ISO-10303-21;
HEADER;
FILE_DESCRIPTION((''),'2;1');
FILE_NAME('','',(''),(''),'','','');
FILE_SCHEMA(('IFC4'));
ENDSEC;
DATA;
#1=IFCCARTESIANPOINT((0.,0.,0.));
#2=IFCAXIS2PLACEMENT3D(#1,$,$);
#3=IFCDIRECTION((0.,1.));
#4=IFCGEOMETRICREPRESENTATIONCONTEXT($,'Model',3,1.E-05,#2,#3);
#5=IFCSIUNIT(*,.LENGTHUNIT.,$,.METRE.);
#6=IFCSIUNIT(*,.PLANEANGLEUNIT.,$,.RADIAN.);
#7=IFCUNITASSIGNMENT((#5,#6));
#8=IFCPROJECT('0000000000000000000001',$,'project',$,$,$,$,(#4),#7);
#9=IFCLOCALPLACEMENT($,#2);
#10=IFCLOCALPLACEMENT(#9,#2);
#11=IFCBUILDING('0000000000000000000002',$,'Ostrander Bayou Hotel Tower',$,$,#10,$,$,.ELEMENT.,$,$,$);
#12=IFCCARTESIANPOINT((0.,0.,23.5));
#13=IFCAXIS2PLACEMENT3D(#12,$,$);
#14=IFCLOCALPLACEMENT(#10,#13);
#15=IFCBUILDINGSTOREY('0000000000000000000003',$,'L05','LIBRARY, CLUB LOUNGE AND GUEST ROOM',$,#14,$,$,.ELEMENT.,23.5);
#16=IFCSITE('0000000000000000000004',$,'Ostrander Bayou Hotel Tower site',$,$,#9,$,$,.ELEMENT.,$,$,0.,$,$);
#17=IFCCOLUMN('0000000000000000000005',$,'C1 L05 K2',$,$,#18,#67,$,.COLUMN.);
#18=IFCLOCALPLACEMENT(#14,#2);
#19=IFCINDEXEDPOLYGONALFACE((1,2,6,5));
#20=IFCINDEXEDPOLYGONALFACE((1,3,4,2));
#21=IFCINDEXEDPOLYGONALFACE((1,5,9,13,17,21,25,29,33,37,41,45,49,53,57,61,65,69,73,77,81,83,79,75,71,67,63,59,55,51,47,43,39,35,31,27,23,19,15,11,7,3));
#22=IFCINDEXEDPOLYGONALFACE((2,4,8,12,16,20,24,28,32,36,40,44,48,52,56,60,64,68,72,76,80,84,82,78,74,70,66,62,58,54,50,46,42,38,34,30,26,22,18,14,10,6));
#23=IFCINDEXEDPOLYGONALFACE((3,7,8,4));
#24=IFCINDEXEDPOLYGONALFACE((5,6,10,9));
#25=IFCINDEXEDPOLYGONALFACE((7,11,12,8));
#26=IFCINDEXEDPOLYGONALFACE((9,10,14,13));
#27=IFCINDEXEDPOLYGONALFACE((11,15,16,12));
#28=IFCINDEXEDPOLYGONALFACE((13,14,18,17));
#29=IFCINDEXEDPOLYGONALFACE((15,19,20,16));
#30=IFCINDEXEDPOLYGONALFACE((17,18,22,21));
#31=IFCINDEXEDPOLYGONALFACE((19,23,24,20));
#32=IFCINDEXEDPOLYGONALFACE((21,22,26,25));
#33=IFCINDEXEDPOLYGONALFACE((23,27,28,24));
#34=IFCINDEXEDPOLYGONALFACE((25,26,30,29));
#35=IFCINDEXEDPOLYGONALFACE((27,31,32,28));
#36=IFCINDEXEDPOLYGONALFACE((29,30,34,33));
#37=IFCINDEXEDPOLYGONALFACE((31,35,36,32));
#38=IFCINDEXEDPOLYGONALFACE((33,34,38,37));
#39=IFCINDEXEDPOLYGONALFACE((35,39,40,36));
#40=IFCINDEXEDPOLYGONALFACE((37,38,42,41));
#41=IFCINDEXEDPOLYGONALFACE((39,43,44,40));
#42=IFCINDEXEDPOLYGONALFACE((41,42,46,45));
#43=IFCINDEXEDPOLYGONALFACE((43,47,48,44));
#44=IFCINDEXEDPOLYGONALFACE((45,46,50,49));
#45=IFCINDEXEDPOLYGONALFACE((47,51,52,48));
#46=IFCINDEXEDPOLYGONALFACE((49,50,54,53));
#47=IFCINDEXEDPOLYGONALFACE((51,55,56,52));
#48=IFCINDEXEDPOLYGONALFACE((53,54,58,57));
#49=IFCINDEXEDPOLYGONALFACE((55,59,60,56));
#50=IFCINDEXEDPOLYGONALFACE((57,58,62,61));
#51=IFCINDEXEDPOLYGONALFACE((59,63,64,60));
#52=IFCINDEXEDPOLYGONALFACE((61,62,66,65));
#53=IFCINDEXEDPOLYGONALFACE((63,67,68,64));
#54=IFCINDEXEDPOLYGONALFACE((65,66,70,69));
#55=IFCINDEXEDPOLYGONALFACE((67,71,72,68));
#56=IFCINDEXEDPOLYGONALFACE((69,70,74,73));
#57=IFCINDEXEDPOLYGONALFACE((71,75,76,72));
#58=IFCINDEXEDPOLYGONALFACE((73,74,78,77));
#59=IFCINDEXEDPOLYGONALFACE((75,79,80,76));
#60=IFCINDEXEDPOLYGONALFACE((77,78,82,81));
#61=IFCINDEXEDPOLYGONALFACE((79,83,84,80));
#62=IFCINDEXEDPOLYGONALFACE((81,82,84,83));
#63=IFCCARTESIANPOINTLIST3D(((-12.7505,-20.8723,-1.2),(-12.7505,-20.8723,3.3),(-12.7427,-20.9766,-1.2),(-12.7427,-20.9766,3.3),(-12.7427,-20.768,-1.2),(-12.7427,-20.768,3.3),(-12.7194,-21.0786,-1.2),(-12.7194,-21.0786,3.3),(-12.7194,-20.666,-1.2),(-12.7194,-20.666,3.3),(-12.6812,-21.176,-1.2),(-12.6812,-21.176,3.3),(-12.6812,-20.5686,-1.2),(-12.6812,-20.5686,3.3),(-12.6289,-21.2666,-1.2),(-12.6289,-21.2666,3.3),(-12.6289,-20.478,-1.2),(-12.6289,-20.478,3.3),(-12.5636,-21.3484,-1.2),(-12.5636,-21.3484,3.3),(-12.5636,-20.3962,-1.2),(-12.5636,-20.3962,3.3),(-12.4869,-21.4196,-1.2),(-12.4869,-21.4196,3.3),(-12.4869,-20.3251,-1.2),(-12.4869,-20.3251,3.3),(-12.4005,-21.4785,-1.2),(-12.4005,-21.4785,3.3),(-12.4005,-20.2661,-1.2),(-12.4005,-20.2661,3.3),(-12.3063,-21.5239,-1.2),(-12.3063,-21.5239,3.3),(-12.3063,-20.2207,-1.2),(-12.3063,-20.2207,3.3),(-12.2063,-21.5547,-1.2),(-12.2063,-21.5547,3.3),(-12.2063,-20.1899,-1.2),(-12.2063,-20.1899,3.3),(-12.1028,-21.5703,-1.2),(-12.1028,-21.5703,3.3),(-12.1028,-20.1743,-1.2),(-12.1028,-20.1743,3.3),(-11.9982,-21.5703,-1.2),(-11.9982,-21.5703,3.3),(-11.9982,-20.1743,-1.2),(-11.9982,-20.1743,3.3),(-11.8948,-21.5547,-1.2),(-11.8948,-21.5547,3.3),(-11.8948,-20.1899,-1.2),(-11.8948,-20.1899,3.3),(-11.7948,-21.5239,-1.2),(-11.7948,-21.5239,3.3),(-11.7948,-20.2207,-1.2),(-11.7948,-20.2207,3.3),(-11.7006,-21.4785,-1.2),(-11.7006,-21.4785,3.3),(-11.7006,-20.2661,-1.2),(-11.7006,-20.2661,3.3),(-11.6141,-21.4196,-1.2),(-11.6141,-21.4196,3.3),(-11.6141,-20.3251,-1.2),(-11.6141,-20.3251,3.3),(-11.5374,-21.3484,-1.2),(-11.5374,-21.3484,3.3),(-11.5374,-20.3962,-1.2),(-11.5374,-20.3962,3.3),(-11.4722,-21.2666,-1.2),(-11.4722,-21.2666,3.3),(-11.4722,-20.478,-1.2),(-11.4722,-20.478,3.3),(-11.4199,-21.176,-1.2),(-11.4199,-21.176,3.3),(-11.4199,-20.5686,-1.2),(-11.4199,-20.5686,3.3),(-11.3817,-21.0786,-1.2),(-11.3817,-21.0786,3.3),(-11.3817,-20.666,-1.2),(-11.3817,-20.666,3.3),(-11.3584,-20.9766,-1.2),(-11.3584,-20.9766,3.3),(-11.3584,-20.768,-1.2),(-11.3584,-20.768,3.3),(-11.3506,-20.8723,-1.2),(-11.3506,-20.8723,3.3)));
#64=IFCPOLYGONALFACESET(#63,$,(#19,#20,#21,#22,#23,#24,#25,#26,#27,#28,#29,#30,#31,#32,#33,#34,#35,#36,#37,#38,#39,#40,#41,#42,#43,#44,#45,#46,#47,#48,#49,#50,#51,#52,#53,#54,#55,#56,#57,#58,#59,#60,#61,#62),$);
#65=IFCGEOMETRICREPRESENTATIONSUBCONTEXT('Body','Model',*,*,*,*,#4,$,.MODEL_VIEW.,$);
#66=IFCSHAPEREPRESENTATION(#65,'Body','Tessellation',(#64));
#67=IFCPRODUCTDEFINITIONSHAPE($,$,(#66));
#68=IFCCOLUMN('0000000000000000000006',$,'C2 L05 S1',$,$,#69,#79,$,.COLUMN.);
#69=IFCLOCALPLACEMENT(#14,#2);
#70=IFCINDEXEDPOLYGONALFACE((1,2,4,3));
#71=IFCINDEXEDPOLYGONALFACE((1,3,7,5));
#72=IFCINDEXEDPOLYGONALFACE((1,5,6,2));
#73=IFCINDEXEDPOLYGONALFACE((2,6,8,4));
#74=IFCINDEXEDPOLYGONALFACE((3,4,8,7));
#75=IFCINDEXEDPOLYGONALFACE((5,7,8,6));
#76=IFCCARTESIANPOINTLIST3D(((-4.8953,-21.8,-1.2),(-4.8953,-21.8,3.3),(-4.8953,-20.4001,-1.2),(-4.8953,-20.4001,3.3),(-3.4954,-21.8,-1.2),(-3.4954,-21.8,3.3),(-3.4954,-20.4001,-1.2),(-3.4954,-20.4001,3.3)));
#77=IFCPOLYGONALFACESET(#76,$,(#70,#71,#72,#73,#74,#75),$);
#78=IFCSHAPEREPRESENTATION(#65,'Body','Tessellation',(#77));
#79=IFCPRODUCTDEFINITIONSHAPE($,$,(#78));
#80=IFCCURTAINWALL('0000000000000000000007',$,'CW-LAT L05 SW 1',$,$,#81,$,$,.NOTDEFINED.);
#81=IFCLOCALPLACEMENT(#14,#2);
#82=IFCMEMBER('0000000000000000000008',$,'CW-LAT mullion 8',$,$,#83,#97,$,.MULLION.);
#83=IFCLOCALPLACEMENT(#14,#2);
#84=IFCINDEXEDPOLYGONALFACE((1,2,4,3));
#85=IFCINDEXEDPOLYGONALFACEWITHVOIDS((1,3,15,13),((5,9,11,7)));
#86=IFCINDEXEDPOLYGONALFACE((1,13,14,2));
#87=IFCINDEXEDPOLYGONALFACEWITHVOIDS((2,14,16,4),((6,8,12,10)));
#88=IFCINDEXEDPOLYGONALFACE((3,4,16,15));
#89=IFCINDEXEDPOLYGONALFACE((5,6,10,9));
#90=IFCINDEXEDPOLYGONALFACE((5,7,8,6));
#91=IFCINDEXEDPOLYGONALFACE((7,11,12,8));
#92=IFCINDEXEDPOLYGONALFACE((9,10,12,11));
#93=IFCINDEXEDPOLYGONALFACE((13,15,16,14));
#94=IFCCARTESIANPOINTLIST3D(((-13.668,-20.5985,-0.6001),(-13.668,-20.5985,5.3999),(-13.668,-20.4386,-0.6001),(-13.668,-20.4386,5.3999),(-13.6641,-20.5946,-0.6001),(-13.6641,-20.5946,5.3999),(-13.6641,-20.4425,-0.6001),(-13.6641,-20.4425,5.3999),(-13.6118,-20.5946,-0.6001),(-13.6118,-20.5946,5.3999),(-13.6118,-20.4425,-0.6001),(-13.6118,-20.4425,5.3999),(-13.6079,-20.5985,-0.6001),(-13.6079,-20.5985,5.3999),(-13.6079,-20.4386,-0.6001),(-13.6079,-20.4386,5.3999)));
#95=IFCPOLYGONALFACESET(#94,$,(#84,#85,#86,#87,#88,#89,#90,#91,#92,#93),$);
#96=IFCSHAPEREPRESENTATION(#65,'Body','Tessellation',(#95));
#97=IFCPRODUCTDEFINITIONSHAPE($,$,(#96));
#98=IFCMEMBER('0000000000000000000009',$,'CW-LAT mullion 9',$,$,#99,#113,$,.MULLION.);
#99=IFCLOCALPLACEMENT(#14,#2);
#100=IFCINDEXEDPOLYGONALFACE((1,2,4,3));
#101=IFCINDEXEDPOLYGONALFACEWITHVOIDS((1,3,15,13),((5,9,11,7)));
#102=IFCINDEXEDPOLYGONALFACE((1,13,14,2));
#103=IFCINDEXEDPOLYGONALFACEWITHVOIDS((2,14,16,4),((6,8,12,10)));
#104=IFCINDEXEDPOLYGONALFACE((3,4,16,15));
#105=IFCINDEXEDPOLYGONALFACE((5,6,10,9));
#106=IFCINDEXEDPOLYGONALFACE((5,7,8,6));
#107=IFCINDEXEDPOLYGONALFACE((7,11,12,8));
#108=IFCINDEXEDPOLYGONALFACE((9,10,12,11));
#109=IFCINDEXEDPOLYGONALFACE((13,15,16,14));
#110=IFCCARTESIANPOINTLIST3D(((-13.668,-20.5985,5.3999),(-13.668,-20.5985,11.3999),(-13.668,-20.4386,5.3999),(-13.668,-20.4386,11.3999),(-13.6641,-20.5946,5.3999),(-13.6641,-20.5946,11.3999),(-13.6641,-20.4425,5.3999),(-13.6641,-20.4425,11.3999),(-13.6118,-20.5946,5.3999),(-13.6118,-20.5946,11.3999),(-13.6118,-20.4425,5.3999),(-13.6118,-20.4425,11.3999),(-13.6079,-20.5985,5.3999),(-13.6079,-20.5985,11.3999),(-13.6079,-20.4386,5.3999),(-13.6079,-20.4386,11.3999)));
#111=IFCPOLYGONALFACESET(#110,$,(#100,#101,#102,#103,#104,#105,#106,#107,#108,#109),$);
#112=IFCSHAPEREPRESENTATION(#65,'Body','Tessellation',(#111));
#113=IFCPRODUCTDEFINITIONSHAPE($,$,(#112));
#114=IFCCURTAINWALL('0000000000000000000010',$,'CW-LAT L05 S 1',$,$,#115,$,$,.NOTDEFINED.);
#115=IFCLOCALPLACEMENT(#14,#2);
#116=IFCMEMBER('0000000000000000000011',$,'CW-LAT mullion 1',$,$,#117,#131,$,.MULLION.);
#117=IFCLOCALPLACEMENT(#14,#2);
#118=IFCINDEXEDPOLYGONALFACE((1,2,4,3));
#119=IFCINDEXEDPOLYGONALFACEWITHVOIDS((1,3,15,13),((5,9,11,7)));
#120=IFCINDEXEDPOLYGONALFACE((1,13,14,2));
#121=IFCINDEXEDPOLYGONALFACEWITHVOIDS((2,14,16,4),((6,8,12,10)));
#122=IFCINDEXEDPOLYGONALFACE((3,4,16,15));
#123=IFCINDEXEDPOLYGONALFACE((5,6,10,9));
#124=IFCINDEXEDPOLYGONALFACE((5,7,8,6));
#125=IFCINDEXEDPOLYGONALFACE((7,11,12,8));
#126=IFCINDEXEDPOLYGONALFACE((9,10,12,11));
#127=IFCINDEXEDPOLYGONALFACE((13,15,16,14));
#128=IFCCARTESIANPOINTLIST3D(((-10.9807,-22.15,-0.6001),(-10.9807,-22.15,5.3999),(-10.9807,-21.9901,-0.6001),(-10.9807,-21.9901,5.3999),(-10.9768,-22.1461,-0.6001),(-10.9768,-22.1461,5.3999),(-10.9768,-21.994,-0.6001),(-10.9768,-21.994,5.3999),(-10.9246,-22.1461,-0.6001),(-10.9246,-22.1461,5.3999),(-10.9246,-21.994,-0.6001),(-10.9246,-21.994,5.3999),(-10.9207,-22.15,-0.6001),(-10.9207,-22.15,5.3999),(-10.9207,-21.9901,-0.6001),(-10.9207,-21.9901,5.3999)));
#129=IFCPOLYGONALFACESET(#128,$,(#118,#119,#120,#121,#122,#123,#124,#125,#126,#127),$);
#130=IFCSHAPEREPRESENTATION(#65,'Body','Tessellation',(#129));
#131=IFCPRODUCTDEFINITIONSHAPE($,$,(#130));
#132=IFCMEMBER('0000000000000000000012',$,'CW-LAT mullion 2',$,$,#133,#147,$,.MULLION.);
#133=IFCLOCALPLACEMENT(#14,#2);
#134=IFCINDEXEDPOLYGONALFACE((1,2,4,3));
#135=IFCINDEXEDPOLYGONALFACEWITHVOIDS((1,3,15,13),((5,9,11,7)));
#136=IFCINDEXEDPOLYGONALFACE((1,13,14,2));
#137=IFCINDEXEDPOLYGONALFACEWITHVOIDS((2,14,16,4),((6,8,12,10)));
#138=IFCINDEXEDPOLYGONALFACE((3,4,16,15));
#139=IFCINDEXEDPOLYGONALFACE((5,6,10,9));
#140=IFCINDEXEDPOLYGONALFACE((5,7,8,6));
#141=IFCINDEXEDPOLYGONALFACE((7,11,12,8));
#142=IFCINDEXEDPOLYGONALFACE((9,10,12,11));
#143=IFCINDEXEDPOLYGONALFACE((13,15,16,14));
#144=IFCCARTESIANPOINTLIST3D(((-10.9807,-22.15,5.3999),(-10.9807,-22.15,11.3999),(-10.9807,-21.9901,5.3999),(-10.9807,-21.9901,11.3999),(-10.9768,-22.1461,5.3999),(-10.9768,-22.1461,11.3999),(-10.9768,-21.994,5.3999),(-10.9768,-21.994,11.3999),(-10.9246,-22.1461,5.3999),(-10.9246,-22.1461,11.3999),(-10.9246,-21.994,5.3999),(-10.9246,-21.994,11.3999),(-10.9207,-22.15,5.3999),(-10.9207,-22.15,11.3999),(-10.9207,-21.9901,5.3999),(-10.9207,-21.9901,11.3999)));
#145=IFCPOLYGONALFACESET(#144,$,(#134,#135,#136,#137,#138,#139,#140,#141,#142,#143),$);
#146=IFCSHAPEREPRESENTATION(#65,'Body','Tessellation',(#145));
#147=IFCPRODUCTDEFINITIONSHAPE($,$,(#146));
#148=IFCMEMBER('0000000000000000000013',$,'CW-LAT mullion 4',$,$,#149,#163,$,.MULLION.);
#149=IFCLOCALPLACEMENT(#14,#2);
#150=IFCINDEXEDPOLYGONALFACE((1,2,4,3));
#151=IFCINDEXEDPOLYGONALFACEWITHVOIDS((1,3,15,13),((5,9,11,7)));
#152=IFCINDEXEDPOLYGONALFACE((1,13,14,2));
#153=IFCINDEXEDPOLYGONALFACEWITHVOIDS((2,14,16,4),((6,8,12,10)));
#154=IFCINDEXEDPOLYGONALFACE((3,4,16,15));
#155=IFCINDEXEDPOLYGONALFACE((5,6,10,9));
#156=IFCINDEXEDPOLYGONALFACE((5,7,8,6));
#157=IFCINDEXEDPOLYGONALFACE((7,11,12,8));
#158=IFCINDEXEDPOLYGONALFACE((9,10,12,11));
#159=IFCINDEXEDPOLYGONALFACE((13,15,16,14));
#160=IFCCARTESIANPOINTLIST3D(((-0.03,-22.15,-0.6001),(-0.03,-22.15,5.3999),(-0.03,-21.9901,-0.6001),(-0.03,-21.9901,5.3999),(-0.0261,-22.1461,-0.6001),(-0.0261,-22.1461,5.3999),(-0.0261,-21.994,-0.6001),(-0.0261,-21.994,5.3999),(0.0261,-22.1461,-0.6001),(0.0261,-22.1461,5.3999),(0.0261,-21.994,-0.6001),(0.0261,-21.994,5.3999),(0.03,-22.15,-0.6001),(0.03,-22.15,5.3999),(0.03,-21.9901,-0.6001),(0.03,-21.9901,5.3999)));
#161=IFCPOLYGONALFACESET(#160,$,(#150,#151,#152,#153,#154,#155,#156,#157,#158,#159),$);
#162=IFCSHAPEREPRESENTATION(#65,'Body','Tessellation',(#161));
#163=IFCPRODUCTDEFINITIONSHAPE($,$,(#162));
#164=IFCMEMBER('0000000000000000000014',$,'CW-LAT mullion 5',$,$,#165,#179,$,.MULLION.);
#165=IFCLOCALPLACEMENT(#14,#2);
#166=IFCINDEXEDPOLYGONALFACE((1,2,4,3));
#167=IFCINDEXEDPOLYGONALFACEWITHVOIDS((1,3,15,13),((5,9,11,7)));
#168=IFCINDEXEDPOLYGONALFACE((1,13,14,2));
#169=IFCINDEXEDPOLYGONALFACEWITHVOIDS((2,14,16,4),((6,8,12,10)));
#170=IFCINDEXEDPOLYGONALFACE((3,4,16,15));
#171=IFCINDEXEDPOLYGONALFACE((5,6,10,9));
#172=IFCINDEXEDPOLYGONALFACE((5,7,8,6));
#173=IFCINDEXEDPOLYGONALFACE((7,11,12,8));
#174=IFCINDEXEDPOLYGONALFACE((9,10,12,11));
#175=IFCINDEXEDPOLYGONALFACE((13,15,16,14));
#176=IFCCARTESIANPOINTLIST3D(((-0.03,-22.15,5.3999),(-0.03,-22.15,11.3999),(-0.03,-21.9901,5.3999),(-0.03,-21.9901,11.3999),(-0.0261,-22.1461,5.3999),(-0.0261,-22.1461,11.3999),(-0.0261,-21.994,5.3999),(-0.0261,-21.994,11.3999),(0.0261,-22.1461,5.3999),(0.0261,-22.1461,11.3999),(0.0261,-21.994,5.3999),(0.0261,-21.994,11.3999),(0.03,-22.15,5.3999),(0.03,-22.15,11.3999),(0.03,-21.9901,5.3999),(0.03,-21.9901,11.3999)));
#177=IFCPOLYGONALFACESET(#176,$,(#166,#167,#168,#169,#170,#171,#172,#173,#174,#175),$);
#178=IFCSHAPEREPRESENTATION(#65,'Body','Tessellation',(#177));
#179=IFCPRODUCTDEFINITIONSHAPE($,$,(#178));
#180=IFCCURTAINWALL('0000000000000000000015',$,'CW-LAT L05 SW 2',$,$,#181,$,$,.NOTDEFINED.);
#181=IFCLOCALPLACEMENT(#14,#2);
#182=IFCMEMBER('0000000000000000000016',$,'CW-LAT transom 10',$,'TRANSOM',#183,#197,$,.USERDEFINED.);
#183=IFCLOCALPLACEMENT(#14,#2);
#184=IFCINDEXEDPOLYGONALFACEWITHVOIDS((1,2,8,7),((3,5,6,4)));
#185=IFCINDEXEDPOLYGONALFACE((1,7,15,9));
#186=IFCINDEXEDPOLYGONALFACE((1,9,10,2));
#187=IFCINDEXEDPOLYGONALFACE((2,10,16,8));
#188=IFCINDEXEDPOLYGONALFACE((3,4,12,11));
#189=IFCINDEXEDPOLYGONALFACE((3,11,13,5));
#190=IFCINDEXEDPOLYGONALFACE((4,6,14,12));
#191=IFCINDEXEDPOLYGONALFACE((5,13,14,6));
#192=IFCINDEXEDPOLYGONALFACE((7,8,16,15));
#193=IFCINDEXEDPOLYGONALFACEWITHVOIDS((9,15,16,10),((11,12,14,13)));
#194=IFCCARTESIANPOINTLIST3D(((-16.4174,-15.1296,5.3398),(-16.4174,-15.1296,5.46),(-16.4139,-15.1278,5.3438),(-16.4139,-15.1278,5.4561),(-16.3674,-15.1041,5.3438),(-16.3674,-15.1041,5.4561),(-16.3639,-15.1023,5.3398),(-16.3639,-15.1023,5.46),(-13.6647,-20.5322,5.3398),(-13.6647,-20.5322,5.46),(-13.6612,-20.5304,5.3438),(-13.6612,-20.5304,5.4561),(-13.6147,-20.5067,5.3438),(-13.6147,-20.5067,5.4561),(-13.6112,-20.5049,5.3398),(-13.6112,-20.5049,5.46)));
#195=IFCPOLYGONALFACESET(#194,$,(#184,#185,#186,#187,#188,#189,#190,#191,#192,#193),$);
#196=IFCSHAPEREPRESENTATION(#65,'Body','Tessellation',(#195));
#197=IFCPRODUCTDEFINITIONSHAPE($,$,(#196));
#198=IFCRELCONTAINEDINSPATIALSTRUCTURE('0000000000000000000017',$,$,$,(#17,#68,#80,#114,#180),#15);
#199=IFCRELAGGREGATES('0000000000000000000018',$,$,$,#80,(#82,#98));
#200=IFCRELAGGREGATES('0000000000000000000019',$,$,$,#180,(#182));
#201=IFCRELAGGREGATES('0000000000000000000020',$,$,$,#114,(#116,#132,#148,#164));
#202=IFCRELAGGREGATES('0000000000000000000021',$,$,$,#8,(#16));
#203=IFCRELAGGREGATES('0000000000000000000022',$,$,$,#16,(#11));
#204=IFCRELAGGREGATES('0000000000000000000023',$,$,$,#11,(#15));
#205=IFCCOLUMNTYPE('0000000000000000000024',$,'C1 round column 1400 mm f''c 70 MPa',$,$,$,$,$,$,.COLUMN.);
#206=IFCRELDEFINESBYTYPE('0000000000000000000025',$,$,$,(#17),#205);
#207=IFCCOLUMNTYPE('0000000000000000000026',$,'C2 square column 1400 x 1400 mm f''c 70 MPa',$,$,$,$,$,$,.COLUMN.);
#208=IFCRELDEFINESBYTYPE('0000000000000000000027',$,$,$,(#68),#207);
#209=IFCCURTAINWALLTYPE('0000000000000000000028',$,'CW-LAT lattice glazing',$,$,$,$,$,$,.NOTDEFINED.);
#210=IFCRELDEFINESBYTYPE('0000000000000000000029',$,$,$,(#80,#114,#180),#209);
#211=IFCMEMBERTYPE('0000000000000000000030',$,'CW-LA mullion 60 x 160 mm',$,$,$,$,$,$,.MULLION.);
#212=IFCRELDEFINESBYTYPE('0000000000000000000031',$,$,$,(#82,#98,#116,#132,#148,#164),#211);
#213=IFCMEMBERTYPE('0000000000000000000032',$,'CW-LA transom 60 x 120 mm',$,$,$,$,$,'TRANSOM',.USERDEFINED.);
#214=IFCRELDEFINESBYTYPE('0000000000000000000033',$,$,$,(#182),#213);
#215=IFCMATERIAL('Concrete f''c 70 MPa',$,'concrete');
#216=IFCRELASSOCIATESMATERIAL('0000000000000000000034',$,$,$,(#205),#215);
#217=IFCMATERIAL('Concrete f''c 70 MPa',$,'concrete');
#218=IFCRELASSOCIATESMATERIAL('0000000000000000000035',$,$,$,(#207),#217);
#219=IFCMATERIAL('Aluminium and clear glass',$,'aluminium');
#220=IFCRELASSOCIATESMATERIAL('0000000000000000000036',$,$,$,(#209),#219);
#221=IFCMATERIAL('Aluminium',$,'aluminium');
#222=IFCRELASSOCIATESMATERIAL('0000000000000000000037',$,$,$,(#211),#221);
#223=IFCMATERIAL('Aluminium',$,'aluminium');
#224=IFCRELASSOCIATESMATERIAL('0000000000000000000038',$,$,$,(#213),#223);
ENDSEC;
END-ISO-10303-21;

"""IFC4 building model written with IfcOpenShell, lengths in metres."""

from ifc_helpers import new_model, si_unit, direction, frame, origin, origin_2d, place, context, subcontext, project, spatial, rectangle, hollow_rectangle, circle, extrude, material, material_profile, profile_set, type_object, element, aggregate, save


model = new_model("IFC4")

# Units and contexts
model_context = context("Model", 3, precision=1e-05, world=origin(), true_north=direction((0.0, 1.0)))
body_context = subcontext(model_context, "Body", "Model", "MODEL_VIEW")
ifc_project = project(units=[si_unit("LENGTHUNIT", "METRE"), si_unit("PLANEANGLEUNIT", "RADIAN")], contexts=[model_context])

# Site, building, storey
site_placement = place(None, origin())
site = spatial("IfcSite", under=ifc_project, at=site_placement, Name="Ostrander Bayou Hotel Tower site", CompositionType="ELEMENT", RefElevation=0.0)
building_placement = place(site_placement, origin())
building = spatial("IfcBuilding", under=site, at=building_placement, Name="Ostrander Bayou Hotel Tower", CompositionType="ELEMENT")
storey_placement = place(building_placement, frame((0.0, 0.0, 23.5)))
storey = spatial("IfcBuildingStorey", under=building, at=storey_placement, Name="L05", Description="LIBRARY, CLUB LOUNGE AND GUEST ROOM", CompositionType="ELEMENT", Elevation=23.5)

# Columns
ifc_material_1 = material(Name="Concrete f'c 70 MPa", Category="concrete")
ifc_material_profile_1 = material_profile(ifc_material_1, circle(Radius=0.7, at=origin_2d()))
ifc_profile_set_1 = profile_set([ifc_material_profile_1], Name="Concrete f'c 70 MPa")
column_type_1 = type_object("IfcColumnType", Name="C1 round column 1400 mm f'c 70 MPa", PredefinedType="COLUMN", material=ifc_profile_set_1)
column_1_placement = place(storey_placement, frame((-12.0505, -20.8723, -1.2), z_axis=(0.0, 0.0, 1.0), x_axis=(1.0, 0.0, 0.0)))
element("IfcColumn", 1, at=column_1_placement, inside=storey, type_object=column_type_1, Name="C1 L05 K2", PredefinedType="COLUMN", context=body_context, shape_type="SweptSolid", body=[
    extrude(circle(Radius=0.7, at=origin_2d()), origin(), (0.0, 0.0, 1.0), 4.5),
])
ifc_material_2 = material(Name="Concrete f'c 70 MPa", Category="concrete")
ifc_material_profile_2 = material_profile(ifc_material_2, rectangle(XDim=1.3999, YDim=1.3999, at=origin_2d()))
ifc_profile_set_2 = profile_set([ifc_material_profile_2], Name="Concrete f'c 70 MPa")
column_type_2 = type_object("IfcColumnType", Name="C2 square column 1400 x 1400 mm f'c 70 MPa", PredefinedType="COLUMN", material=ifc_profile_set_2)
column_2_placement = place(storey_placement, frame((-4.1953, -21.1001, -1.2), z_axis=(0.0, 0.0, 1.0), x_axis=(-1.0, 0.0, 0.0)))
element("IfcColumn", 2, at=column_2_placement, inside=storey, type_object=column_type_2, Name="C2 L05 S1", PredefinedType="COLUMN", context=body_context, shape_type="SweptSolid", body=[
    extrude(rectangle(XDim=1.3999, YDim=1.3999, at=origin_2d()), origin(), (0.0, 0.0, 1.0), 4.5),
])

# Curtain walls, members
ifc_material_3 = material(Name="Aluminium and clear glass", Category="aluminium")
curtain_wall_type_1 = type_object("IfcCurtainWallType", Name="CW-LAT lattice glazing", PredefinedType="NOTDEFINED", material=ifc_material_3)
curtain_wall_1_placement = place(storey_placement, origin())
curtain_wall_1 = element("IfcCurtainWall", 3, at=curtain_wall_1_placement, inside=storey, type_object=curtain_wall_type_1, Name="CW-LAT L05 SW 1", PredefinedType="NOTDEFINED")
ifc_material_4 = material(Name="Aluminium", Category="aluminium")
ifc_material_profile_3 = material_profile(ifc_material_4, hollow_rectangle(XDim=0.0601, YDim=0.1599, WallThickness=0.0039, at=origin_2d()))
ifc_profile_set_3 = profile_set([ifc_material_profile_3], Name="Aluminium")
member_type_1 = type_object("IfcMemberType", Name="CW-LA mullion 60 x 160 mm", PredefinedType="MULLION", material=ifc_profile_set_3)
member_1_placement = place(storey_placement, frame((-13.6379, -20.5186, -0.6001), z_axis=(0.0, 0.0, 1.0), x_axis=(1.0, 0.0, 0.0)))
member_1 = element("IfcMember", 4, at=member_1_placement, type_object=member_type_1, Name="CW-LAT mullion 8", PredefinedType="MULLION", context=body_context, shape_type="SweptSolid", body=[
    extrude(hollow_rectangle(XDim=0.0601, YDim=0.1599, WallThickness=0.0039, at=origin_2d()), origin(), (0.0, 0.0, 1.0), 6.0),
])
member_2_placement = place(storey_placement, frame((-13.6379, -20.5186, 5.3999), z_axis=(0.0, 0.0, 1.0), x_axis=(1.0, 0.0, 0.0)))
member_2 = element("IfcMember", 5, at=member_2_placement, type_object=member_type_1, Name="CW-LAT mullion 9", PredefinedType="MULLION", context=body_context, shape_type="SweptSolid", body=[
    extrude(hollow_rectangle(XDim=0.0601, YDim=0.1599, WallThickness=0.0039, at=origin_2d()), origin(), (0.0, 0.0, 1.0), 6.0),
])
aggregate(curtain_wall_1, [member_1, member_2])
curtain_wall_2_placement = place(storey_placement, origin())
curtain_wall_2 = element("IfcCurtainWall", 6, at=curtain_wall_2_placement, inside=storey, type_object=curtain_wall_type_1, Name="CW-LAT L05 S 1", PredefinedType="NOTDEFINED")
member_3_placement = place(storey_placement, frame((-10.9507, -22.0701, -0.6001), z_axis=(0.0, 0.0, 1.0), x_axis=(1.0, 0.0, 0.0)))
member_3 = element("IfcMember", 7, at=member_3_placement, type_object=member_type_1, Name="CW-LAT mullion 1", PredefinedType="MULLION", context=body_context, shape_type="SweptSolid", body=[
    extrude(hollow_rectangle(XDim=0.0601, YDim=0.1599, WallThickness=0.0039, at=origin_2d()), origin(), (0.0, 0.0, 1.0), 6.0),
])
member_4_placement = place(storey_placement, frame((-10.9507, -22.0701, 5.3999), z_axis=(0.0, 0.0, 1.0), x_axis=(1.0, 0.0, 0.0)))
member_4 = element("IfcMember", 8, at=member_4_placement, type_object=member_type_1, Name="CW-LAT mullion 2", PredefinedType="MULLION", context=body_context, shape_type="SweptSolid", body=[
    extrude(hollow_rectangle(XDim=0.0601, YDim=0.1599, WallThickness=0.0039, at=origin_2d()), origin(), (0.0, 0.0, 1.0), 6.0),
])
member_5_placement = place(storey_placement, frame((0.0, -22.0701, -0.6001), z_axis=(0.0, 0.0, 1.0), x_axis=(1.0, 0.0, 0.0)))
member_5 = element("IfcMember", 9, at=member_5_placement, type_object=member_type_1, Name="CW-LAT mullion 4", PredefinedType="MULLION", context=body_context, shape_type="SweptSolid", body=[
    extrude(hollow_rectangle(XDim=0.0601, YDim=0.1599, WallThickness=0.0039, at=origin_2d()), origin(), (0.0, 0.0, 1.0), 6.0),
])
member_6_placement = place(storey_placement, frame((0.0, -22.0701, 5.3999), z_axis=(0.0, 0.0, 1.0), x_axis=(1.0, 0.0, 0.0)))
member_6 = element("IfcMember", 10, at=member_6_placement, type_object=member_type_1, Name="CW-LAT mullion 5", PredefinedType="MULLION", context=body_context, shape_type="SweptSolid", body=[
    extrude(hollow_rectangle(XDim=0.0601, YDim=0.1599, WallThickness=0.0039, at=origin_2d()), origin(), (0.0, 0.0, 1.0), 6.0),
])

# Curtain wall, member
curtain_wall_3_placement = place(storey_placement, origin())
curtain_wall_3 = element("IfcCurtainWall", 11, at=curtain_wall_3_placement, inside=storey, type_object=curtain_wall_type_1, Name="CW-LAT L05 SW 2", PredefinedType="NOTDEFINED")
ifc_material_5 = material(Name="Aluminium", Category="aluminium")
ifc_material_profile_4 = material_profile(ifc_material_5, hollow_rectangle(XDim=0.0601, YDim=0.1201, WallThickness=0.0039, at=origin_2d()))
ifc_profile_set_4 = profile_set([ifc_material_profile_4], Name="Aluminium")
member_type_2 = type_object("IfcMemberType", Name="CW-LA transom 60 x 120 mm", ElementType="TRANSOM", PredefinedType="USERDEFINED", material=ifc_profile_set_4)
member_7_placement = place(storey_placement, frame((-13.6379, -20.5186, 5.3999), z_axis=(-0.453981, 0.891011, 0.0), x_axis=(-0.891011, -0.453981, 0.0)))
member_7 = element("IfcMember", 12, at=member_7_placement, type_object=member_type_2, Name="CW-LAT transom 10", ObjectType="TRANSOM", PredefinedType="USERDEFINED", context=body_context, shape_type="SweptSolid", body=[
    extrude(hollow_rectangle(XDim=0.0601, YDim=0.1201, WallThickness=0.0039, at=origin_2d()), origin(), (0.0, 0.0, 1.0), 6.0635),
])
aggregate(curtain_wall_3, [member_7])

aggregate(curtain_wall_2, [member_3, member_4, member_5, member_6])

save(model, "model.ifc")
